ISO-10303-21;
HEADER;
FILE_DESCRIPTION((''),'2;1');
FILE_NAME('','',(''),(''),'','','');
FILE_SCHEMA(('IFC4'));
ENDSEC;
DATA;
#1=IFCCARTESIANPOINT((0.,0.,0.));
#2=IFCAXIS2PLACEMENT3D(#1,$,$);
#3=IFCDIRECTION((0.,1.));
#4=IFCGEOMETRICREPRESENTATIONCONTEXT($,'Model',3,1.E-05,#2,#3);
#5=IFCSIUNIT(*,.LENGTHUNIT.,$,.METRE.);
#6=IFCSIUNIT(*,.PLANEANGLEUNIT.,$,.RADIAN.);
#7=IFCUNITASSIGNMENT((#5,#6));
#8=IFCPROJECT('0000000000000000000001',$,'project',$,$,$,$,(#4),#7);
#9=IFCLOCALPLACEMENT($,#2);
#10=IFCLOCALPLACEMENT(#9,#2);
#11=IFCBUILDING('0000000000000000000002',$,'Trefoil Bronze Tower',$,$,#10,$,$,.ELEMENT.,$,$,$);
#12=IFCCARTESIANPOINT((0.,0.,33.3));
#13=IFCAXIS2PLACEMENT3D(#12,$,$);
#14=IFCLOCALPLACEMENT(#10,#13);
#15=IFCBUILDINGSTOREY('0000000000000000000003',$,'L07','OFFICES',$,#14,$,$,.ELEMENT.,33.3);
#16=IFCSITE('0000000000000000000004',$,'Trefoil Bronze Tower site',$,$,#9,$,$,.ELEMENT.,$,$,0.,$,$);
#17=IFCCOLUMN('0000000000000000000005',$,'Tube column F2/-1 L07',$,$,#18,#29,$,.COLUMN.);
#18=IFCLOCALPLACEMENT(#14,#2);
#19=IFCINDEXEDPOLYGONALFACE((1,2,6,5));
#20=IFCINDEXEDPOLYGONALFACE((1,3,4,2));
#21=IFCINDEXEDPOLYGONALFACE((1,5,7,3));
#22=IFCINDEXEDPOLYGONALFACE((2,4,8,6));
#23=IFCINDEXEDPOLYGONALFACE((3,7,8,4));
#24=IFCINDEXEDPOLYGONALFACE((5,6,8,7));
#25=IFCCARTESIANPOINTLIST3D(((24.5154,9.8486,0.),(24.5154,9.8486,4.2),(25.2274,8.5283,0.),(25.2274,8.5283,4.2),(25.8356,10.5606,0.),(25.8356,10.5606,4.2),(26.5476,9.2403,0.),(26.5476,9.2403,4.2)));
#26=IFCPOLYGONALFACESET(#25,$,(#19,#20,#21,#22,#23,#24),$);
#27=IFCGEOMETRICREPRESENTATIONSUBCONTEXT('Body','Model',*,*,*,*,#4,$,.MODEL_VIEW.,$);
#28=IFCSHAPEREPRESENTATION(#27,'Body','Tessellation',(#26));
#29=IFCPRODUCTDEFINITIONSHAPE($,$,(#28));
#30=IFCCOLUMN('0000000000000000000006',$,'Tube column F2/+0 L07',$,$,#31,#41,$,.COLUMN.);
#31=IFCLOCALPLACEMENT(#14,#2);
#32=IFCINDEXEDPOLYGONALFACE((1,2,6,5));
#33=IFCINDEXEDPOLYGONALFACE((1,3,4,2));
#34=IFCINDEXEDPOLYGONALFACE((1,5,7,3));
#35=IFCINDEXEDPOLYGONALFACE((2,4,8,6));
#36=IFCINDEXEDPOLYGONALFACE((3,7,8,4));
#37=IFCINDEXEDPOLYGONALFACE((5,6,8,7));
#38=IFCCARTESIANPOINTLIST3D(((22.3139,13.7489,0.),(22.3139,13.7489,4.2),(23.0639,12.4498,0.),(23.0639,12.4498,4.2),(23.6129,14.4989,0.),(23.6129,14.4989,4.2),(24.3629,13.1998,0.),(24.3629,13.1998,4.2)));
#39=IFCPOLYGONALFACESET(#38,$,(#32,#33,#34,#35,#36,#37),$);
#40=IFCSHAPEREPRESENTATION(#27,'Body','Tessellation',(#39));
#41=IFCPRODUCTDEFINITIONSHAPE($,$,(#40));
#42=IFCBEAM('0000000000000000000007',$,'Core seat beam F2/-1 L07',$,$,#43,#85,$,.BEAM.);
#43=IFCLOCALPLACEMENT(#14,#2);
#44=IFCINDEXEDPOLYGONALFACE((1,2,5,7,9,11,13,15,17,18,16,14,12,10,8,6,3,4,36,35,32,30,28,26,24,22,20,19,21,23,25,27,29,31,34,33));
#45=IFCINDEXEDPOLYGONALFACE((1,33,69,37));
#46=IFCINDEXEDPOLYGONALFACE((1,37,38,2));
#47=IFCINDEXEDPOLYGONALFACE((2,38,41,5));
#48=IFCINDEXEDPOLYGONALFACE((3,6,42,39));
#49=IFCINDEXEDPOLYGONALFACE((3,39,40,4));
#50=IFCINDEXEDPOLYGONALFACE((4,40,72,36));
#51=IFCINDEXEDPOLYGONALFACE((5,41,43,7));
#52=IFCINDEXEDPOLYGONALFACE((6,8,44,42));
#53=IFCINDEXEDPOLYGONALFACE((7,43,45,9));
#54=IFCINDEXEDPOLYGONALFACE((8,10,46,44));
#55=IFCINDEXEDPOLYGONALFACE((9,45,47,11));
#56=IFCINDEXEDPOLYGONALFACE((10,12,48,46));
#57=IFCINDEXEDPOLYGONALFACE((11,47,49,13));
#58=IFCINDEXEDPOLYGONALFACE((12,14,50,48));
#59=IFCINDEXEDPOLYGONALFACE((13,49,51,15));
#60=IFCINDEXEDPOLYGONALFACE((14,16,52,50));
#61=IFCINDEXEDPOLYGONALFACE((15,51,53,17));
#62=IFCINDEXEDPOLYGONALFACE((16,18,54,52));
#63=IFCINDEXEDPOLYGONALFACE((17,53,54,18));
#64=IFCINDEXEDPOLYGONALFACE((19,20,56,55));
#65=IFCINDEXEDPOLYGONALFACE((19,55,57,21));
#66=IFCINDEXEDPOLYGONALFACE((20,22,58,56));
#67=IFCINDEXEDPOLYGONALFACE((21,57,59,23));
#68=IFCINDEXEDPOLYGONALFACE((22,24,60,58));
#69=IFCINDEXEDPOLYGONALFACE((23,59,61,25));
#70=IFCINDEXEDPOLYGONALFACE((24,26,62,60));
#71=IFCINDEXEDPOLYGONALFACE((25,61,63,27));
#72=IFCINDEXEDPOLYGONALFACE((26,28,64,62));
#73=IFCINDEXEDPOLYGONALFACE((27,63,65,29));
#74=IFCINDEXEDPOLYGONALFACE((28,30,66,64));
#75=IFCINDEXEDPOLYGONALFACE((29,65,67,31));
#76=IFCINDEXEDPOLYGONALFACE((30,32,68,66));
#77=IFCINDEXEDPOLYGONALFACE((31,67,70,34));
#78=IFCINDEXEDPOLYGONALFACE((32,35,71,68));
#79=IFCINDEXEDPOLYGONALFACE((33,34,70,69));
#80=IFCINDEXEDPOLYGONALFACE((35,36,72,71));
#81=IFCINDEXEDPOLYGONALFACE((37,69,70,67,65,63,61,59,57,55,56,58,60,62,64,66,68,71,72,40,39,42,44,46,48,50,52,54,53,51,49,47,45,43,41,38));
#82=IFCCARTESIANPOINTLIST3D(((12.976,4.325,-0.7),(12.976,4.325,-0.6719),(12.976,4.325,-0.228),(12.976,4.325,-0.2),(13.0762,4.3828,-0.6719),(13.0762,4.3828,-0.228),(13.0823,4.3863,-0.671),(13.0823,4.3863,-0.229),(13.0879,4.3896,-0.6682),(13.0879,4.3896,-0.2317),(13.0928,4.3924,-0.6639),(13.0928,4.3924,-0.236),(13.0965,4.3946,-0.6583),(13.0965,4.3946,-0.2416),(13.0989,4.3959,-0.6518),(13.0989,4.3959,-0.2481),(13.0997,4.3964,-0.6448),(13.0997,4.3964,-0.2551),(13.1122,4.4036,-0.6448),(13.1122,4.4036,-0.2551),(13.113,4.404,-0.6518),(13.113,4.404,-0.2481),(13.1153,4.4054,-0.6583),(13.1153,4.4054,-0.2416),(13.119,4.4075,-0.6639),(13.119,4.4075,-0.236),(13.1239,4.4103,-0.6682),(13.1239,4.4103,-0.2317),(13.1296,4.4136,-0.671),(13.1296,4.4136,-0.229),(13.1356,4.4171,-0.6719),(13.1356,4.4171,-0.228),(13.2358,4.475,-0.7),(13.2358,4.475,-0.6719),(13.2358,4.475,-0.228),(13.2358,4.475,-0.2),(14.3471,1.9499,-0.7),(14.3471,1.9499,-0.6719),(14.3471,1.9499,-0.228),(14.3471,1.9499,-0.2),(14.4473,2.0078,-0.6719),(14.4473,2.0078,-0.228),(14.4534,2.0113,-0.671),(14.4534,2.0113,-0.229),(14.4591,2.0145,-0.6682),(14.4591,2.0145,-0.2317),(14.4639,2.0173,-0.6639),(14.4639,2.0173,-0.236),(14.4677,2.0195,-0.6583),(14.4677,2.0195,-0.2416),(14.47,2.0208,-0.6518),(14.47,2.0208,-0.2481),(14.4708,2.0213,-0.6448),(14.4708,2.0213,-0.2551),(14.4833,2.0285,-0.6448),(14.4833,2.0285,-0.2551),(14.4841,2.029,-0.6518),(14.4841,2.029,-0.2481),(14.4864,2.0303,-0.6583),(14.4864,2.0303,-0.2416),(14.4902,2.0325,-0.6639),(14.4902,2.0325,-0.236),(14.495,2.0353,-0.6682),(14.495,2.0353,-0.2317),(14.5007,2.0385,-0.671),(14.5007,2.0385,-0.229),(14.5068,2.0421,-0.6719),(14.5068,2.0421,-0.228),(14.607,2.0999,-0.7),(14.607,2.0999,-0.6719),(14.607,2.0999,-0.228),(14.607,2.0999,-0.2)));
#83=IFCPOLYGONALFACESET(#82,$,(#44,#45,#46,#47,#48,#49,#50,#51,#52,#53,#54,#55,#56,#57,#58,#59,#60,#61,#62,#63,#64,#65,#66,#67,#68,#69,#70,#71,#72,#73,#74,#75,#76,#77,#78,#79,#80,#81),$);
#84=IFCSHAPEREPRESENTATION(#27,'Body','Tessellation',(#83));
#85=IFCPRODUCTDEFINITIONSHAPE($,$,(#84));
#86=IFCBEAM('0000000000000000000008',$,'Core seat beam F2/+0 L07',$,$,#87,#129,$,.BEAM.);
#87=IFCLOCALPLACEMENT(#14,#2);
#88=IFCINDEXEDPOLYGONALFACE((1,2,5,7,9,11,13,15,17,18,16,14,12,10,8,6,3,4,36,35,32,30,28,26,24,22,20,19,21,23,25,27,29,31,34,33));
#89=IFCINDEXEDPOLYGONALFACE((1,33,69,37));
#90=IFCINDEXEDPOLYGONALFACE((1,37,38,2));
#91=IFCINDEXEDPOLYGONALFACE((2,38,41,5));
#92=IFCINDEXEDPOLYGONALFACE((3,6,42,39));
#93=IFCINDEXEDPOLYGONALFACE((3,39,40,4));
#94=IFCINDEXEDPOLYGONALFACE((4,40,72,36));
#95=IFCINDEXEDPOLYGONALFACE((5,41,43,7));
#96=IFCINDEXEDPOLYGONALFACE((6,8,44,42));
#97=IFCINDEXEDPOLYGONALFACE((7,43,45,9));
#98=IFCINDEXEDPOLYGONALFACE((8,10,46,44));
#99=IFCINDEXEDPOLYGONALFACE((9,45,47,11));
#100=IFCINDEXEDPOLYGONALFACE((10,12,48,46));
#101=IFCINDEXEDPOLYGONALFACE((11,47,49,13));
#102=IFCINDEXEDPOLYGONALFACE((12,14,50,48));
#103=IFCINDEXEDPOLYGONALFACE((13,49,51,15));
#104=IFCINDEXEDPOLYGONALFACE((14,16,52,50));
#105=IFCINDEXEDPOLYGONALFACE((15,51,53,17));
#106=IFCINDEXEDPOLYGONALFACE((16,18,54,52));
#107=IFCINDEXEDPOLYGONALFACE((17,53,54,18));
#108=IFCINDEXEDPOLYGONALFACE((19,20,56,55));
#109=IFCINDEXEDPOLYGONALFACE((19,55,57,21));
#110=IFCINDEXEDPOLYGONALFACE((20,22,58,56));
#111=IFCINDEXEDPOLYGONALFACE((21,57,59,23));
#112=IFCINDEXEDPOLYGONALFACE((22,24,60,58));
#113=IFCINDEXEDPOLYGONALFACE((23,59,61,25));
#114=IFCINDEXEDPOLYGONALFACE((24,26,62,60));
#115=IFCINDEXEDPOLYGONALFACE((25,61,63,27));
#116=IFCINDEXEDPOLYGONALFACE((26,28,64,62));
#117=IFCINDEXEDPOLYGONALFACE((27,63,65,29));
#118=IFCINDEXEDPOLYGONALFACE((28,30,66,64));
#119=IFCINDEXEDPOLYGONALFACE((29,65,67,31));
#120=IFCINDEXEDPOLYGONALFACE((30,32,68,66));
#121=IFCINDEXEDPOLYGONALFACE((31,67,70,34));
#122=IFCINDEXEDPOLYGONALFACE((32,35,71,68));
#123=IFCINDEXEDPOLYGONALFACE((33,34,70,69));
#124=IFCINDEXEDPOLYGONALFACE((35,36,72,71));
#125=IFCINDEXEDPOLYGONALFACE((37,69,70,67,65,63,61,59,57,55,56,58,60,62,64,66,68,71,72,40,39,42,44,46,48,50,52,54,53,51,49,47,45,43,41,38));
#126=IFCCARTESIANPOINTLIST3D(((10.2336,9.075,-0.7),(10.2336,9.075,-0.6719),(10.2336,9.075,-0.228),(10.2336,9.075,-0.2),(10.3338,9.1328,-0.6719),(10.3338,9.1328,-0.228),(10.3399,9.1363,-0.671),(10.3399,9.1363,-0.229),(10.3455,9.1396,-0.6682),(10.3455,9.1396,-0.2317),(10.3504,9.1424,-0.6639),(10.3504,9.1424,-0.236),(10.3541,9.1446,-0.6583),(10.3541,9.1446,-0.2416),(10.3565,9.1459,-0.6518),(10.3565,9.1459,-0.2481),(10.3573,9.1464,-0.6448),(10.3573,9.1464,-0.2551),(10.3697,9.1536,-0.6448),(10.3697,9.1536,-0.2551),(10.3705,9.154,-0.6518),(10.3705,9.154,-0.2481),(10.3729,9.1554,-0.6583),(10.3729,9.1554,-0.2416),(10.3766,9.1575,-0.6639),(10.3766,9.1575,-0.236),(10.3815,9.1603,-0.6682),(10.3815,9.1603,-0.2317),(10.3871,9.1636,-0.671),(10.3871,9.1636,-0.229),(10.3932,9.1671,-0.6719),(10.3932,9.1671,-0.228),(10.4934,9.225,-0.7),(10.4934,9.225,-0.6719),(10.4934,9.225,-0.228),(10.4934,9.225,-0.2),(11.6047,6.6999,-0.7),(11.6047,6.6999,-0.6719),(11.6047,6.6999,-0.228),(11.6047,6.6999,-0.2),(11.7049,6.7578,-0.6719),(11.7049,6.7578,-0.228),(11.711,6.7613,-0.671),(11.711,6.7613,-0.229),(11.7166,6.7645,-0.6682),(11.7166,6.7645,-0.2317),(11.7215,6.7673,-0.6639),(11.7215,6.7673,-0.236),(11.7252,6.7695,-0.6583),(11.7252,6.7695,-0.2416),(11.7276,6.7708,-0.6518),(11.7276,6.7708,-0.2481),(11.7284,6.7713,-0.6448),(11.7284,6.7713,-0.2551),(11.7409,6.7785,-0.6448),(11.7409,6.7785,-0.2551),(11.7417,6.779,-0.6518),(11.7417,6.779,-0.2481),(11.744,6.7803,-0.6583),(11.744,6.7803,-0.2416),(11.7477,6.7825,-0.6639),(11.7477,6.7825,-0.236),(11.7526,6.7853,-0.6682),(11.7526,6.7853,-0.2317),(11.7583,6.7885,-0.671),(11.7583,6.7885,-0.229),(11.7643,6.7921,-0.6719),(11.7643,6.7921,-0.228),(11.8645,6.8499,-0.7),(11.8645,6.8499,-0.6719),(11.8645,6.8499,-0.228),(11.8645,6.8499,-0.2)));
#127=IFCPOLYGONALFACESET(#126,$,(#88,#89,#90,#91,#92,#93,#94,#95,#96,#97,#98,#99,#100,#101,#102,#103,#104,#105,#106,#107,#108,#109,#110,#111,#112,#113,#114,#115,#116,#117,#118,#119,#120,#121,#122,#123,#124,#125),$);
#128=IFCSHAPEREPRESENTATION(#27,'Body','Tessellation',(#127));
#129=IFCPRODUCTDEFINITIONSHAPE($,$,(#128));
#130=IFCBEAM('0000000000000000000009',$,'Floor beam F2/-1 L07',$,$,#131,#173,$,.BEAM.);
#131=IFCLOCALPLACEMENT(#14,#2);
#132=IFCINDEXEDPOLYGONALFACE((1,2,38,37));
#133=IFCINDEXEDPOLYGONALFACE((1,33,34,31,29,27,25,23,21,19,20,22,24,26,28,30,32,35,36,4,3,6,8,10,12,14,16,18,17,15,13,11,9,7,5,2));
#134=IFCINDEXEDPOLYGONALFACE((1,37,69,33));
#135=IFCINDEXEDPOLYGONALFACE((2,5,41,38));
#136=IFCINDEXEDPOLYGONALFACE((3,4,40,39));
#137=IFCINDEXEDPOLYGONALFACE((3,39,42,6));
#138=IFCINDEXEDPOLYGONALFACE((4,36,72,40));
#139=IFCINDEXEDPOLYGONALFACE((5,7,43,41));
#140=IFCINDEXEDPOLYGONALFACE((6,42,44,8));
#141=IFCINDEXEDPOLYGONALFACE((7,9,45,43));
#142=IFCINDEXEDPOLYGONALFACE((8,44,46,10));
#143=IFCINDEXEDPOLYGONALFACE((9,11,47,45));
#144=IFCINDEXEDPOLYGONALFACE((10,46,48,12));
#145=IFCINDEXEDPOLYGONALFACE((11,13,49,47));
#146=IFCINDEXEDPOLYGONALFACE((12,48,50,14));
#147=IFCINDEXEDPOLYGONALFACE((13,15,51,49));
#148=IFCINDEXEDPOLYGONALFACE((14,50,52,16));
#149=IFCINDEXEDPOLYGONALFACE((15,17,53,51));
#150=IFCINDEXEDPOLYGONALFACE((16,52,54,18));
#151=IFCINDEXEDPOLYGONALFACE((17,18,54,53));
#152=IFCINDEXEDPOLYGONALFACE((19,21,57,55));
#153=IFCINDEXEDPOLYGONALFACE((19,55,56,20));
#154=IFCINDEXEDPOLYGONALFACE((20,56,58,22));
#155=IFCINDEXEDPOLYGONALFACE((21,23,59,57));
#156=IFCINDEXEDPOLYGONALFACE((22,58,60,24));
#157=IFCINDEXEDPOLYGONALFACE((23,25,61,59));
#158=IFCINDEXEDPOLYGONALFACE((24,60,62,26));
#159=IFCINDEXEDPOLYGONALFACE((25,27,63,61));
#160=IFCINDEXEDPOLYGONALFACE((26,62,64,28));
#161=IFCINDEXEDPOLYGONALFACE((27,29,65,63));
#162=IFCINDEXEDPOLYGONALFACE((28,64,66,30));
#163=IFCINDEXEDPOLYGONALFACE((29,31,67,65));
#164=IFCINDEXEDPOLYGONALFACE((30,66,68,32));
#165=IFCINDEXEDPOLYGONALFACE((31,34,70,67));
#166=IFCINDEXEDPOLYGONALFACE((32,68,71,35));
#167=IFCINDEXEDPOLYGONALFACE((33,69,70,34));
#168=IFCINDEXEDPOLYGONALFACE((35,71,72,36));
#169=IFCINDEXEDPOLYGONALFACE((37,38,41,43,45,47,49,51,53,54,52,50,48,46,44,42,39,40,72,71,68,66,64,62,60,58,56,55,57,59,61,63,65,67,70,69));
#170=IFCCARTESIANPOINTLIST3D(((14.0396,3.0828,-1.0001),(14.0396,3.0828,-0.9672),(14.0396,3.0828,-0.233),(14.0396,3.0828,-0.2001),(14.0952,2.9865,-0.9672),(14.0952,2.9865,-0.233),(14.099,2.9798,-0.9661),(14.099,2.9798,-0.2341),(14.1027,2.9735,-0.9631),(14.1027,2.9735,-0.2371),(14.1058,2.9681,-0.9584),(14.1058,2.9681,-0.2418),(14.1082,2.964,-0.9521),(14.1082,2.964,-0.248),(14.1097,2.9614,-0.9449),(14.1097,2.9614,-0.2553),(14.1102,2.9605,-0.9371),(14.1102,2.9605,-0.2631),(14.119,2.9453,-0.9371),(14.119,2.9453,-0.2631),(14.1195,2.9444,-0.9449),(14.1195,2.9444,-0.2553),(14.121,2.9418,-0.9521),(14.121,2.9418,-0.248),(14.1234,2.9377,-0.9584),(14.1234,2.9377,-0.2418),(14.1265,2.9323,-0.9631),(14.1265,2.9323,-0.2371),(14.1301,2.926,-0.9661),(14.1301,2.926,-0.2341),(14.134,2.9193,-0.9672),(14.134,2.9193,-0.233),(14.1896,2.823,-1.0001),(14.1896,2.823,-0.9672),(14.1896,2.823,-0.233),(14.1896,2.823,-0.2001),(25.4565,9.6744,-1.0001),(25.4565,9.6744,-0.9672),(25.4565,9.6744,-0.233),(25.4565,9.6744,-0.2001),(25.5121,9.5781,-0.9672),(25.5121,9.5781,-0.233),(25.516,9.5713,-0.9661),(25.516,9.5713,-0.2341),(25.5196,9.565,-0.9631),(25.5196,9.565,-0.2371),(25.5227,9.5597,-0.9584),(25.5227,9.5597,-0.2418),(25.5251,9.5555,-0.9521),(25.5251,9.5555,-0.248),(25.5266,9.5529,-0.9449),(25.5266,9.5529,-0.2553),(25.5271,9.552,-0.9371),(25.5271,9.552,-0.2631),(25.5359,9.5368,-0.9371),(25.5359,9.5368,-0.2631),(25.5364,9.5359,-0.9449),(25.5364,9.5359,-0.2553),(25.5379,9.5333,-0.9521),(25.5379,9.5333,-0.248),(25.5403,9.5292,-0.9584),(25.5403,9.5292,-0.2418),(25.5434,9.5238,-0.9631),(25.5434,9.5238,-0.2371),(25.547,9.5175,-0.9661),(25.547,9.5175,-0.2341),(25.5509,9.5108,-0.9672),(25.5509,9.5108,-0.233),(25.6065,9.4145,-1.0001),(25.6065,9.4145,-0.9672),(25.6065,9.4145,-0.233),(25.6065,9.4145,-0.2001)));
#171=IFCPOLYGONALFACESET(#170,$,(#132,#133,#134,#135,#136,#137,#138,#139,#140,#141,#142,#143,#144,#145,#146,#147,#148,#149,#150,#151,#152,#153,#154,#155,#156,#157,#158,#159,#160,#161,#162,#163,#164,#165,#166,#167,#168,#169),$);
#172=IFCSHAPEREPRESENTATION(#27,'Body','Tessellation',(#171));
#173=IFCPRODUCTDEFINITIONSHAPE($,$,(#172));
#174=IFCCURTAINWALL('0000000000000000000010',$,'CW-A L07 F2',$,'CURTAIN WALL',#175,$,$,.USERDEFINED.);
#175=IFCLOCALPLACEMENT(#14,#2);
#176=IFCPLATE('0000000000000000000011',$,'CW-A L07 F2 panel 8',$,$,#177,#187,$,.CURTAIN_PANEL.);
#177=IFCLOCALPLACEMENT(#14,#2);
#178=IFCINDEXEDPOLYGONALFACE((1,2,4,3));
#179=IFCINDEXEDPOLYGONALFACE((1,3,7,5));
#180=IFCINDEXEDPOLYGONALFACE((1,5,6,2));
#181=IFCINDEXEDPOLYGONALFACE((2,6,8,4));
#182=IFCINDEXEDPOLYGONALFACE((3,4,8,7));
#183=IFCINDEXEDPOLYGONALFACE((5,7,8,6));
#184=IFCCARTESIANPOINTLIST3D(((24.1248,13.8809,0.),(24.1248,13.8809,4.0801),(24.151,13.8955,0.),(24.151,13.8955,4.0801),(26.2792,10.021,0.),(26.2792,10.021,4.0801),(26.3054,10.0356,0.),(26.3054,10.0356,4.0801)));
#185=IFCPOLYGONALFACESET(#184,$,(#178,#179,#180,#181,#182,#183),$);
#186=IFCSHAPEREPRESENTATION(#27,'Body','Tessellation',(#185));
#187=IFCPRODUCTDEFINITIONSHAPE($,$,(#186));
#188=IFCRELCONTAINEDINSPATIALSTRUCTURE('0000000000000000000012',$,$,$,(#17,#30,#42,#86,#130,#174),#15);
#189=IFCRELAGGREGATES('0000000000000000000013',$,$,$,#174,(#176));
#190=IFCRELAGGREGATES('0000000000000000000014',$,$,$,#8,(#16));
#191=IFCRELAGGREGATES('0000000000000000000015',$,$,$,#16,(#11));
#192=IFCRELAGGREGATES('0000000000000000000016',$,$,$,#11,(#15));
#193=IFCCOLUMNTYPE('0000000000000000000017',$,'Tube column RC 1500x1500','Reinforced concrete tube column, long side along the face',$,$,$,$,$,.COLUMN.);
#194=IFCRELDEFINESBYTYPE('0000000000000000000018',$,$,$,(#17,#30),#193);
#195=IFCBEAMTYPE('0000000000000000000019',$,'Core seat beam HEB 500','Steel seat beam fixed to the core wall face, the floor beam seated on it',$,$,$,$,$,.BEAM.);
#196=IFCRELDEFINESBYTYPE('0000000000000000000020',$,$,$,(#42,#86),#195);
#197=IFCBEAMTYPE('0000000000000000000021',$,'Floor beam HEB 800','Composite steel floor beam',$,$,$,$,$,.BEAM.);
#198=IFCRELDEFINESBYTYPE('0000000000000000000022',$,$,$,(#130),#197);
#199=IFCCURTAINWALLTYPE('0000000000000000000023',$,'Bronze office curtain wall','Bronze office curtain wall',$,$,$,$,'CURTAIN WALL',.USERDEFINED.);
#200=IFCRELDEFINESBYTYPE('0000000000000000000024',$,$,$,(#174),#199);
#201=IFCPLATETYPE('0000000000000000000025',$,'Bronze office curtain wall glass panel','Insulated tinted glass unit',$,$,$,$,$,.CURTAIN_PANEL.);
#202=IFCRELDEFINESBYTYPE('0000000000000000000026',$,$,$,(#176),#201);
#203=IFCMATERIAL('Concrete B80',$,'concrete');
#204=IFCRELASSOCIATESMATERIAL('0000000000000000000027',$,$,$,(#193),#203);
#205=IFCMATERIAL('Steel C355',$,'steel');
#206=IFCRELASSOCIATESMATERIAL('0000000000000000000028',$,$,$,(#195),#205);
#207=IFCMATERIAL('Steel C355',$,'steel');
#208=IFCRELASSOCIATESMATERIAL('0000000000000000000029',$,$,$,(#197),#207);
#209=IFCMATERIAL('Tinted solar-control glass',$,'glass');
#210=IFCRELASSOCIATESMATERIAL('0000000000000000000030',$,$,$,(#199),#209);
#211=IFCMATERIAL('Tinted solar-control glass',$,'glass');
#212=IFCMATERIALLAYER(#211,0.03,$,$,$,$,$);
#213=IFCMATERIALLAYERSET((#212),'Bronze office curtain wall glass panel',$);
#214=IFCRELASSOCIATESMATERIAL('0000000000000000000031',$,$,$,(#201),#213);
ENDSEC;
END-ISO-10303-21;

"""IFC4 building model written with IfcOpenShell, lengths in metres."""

from ifc_helpers import new_model, si_unit, direction, frame, origin, origin_2d, place, context, subcontext, project, spatial, rectangle, i_section, extrude, material, layer, layer_set, material_profile, profile_set, type_object, element, aggregate, save


model = new_model("IFC4")

# Units and contexts
model_context = context("Model", 3, precision=1e-05, world=origin(), true_north=direction((0.0, 1.0)))
body_context = subcontext(model_context, "Body", "Model", "MODEL_VIEW")
ifc_project = project(units=[si_unit("LENGTHUNIT", "METRE"), si_unit("PLANEANGLEUNIT", "RADIAN")], contexts=[model_context])

# Site, building, storey
site_placement = place(None, origin())
site = spatial("IfcSite", under=ifc_project, at=site_placement, Name="Trefoil Bronze Tower site", CompositionType="ELEMENT", RefElevation=0.0)
building_placement = place(site_placement, origin())
building = spatial("IfcBuilding", under=site, at=building_placement, Name="Trefoil Bronze Tower", CompositionType="ELEMENT")
storey_placement = place(building_placement, frame((0.0, 0.0, 33.3)))
storey = spatial("IfcBuildingStorey", under=building, at=storey_placement, Name="L07", Description="OFFICES", CompositionType="ELEMENT", Elevation=33.3)

# Columns
ifc_material_1 = material(Name="Concrete B80", Category="concrete")
ifc_material_profile_1 = material_profile(ifc_material_1, rectangle(XDim=1.5, YDim=1.5, at=origin_2d()), Name="RC 1500x1500")
ifc_profile_set_1 = profile_set([ifc_material_profile_1], Name="Concrete B80")
column_type = type_object("IfcColumnType", Name="Tube column RC 1500x1500", Description="Reinforced concrete tube column, long side along the face", PredefinedType="COLUMN", material=ifc_profile_set_1)
for number, where, z_axis, x_axis, name in (
    (1, (25.5315, 9.5444, 0.0), (0.0, 0.0, 1.0), (-0.474656, 0.880171, 0.0), "Tube column F2/-1 L07"),
    (2, (23.3384, 13.4744, 0.0), (0.0, 0.0, 1.0), (-0.5, 0.866025, 0.0), "Tube column F2/+0 L07"),
):
    element("IfcColumn", number, at=place(storey_placement, frame(where, z_axis=z_axis, x_axis=x_axis)), inside=storey, type_object=column_type, Name=name, PredefinedType="COLUMN", context=body_context, shape_type="SweptSolid", body=[
        extrude(rectangle(XDim=1.5, YDim=1.5, at=origin_2d()), origin(), (0.0, 0.0, 1.0), 4.2),
    ])

# Beams
ifc_material_2 = material(Name="Steel C355", Category="steel")
ifc_material_profile_2 = material_profile(ifc_material_2, i_section(OverallWidth=0.3, OverallDepth=0.5, WebThickness=0.0144, FlangeThickness=0.0281, FilletRadius=0.0271, at=origin_2d()), Name="HEB 500")
ifc_profile_set_2 = profile_set([ifc_material_profile_2], Name="Steel C355")
beam_type_1 = type_object("IfcBeamType", Name="Core seat beam HEB 500", Description="Steel seat beam fixed to the core wall face, the floor beam seated on it", PredefinedType="BEAM", material=ifc_profile_set_2)
for number, where, z_axis, x_axis, name in (
    (3, (14.4771, 2.0249, -0.45), (-0.499969, 0.866043, 0.0), (-0.866043, -0.499969, 0.0), "Core seat beam F2/-1 L07"),
    (4, (11.7346, 6.7749, -0.45), (-0.499969, 0.866043, 0.0), (-0.866043, -0.499969, 0.0), "Core seat beam F2/+0 L07"),
):
    element("IfcBeam", number, at=place(storey_placement, frame(where, z_axis=z_axis, x_axis=x_axis)), inside=storey, type_object=beam_type_1, Name=name, PredefinedType="BEAM", context=body_context, shape_type="SweptSolid", body=[
        extrude(i_section(OverallWidth=0.3, OverallDepth=0.5, WebThickness=0.0144, FlangeThickness=0.0281, FilletRadius=0.0271, at=origin_2d()), origin(), (0.0, 0.0, 1.0), 2.7424),
    ])
ifc_material_3 = material(Name="Steel C355", Category="steel")
ifc_material_profile_3 = material_profile(ifc_material_3, i_section(OverallWidth=0.3, OverallDepth=0.8, WebThickness=0.0176, FlangeThickness=0.033, FilletRadius=0.03, at=origin_2d()), Name="HEB 800")
ifc_profile_set_3 = profile_set([ifc_material_profile_3], Name="Steel C355")
beam_type_2 = type_object("IfcBeamType", Name="Floor beam HEB 800", Description="Composite steel floor beam", PredefinedType="BEAM", material=ifc_profile_set_3)
beam_placement = place(storey_placement, frame((25.5315, 9.5444, -0.6001), z_axis=(-0.866027, -0.499997, 0.0), x_axis=(0.499997, -0.866027, 0.0)))
element("IfcBeam", 5, at=beam_placement, inside=storey, type_object=beam_type_2, Name="Floor beam F2/-1 L07", PredefinedType="BEAM", context=body_context, shape_type="SweptSolid", body=[
    extrude(i_section(OverallWidth=0.3, OverallDepth=0.8, WebThickness=0.0176, FlangeThickness=0.033, FilletRadius=0.03, at=origin_2d()), origin(), (0.0, 0.0, 1.0), 13.1831),
])

# Curtain wall, plate
ifc_material_4 = material(Name="Tinted solar-control glass", Category="glass")
curtain_wall_type = type_object("IfcCurtainWallType", Name="Bronze office curtain wall", Description="Bronze office curtain wall", ElementType="CURTAIN WALL", PredefinedType="USERDEFINED", material=ifc_material_4)
curtain_wall_placement = place(storey_placement, origin())
curtain_wall = element("IfcCurtainWall", 6, at=curtain_wall_placement, inside=storey, type_object=curtain_wall_type, Name="CW-A L07 F2", ObjectType="CURTAIN WALL", PredefinedType="USERDEFINED")
ifc_material_5 = material(Name="Tinted solar-control glass", Category="glass")
ifc_layer_1 = layer(ifc_material_5, 0.03)
ifc_layer_set_1 = layer_set([ifc_layer_1], Name="Bronze office curtain wall glass panel")
plate_type = type_object("IfcPlateType", Name="Bronze office curtain wall glass panel", Description="Insulated tinted glass unit", PredefinedType="CURTAIN_PANEL", material=ifc_layer_set_1)
plate_placement = place(storey_placement, frame((25.2151, 11.9583, 0.0), z_axis=(0.0, 0.0, 1.0), x_axis=(-0.487382, 0.873189, 0.0)))
plate = element("IfcPlate", 7, at=plate_placement, type_object=plate_type, Name="CW-A L07 F2 panel 8", PredefinedType="CURTAIN_PANEL", context=body_context, shape_type="SweptSolid", body=[
    extrude(rectangle(XDim=4.4204, YDim=0.03, at=origin_2d()), origin(), (0.0, 0.0, 1.0), 4.0801),
])
aggregate(curtain_wall, [plate])

save(model, "model.ifc")
